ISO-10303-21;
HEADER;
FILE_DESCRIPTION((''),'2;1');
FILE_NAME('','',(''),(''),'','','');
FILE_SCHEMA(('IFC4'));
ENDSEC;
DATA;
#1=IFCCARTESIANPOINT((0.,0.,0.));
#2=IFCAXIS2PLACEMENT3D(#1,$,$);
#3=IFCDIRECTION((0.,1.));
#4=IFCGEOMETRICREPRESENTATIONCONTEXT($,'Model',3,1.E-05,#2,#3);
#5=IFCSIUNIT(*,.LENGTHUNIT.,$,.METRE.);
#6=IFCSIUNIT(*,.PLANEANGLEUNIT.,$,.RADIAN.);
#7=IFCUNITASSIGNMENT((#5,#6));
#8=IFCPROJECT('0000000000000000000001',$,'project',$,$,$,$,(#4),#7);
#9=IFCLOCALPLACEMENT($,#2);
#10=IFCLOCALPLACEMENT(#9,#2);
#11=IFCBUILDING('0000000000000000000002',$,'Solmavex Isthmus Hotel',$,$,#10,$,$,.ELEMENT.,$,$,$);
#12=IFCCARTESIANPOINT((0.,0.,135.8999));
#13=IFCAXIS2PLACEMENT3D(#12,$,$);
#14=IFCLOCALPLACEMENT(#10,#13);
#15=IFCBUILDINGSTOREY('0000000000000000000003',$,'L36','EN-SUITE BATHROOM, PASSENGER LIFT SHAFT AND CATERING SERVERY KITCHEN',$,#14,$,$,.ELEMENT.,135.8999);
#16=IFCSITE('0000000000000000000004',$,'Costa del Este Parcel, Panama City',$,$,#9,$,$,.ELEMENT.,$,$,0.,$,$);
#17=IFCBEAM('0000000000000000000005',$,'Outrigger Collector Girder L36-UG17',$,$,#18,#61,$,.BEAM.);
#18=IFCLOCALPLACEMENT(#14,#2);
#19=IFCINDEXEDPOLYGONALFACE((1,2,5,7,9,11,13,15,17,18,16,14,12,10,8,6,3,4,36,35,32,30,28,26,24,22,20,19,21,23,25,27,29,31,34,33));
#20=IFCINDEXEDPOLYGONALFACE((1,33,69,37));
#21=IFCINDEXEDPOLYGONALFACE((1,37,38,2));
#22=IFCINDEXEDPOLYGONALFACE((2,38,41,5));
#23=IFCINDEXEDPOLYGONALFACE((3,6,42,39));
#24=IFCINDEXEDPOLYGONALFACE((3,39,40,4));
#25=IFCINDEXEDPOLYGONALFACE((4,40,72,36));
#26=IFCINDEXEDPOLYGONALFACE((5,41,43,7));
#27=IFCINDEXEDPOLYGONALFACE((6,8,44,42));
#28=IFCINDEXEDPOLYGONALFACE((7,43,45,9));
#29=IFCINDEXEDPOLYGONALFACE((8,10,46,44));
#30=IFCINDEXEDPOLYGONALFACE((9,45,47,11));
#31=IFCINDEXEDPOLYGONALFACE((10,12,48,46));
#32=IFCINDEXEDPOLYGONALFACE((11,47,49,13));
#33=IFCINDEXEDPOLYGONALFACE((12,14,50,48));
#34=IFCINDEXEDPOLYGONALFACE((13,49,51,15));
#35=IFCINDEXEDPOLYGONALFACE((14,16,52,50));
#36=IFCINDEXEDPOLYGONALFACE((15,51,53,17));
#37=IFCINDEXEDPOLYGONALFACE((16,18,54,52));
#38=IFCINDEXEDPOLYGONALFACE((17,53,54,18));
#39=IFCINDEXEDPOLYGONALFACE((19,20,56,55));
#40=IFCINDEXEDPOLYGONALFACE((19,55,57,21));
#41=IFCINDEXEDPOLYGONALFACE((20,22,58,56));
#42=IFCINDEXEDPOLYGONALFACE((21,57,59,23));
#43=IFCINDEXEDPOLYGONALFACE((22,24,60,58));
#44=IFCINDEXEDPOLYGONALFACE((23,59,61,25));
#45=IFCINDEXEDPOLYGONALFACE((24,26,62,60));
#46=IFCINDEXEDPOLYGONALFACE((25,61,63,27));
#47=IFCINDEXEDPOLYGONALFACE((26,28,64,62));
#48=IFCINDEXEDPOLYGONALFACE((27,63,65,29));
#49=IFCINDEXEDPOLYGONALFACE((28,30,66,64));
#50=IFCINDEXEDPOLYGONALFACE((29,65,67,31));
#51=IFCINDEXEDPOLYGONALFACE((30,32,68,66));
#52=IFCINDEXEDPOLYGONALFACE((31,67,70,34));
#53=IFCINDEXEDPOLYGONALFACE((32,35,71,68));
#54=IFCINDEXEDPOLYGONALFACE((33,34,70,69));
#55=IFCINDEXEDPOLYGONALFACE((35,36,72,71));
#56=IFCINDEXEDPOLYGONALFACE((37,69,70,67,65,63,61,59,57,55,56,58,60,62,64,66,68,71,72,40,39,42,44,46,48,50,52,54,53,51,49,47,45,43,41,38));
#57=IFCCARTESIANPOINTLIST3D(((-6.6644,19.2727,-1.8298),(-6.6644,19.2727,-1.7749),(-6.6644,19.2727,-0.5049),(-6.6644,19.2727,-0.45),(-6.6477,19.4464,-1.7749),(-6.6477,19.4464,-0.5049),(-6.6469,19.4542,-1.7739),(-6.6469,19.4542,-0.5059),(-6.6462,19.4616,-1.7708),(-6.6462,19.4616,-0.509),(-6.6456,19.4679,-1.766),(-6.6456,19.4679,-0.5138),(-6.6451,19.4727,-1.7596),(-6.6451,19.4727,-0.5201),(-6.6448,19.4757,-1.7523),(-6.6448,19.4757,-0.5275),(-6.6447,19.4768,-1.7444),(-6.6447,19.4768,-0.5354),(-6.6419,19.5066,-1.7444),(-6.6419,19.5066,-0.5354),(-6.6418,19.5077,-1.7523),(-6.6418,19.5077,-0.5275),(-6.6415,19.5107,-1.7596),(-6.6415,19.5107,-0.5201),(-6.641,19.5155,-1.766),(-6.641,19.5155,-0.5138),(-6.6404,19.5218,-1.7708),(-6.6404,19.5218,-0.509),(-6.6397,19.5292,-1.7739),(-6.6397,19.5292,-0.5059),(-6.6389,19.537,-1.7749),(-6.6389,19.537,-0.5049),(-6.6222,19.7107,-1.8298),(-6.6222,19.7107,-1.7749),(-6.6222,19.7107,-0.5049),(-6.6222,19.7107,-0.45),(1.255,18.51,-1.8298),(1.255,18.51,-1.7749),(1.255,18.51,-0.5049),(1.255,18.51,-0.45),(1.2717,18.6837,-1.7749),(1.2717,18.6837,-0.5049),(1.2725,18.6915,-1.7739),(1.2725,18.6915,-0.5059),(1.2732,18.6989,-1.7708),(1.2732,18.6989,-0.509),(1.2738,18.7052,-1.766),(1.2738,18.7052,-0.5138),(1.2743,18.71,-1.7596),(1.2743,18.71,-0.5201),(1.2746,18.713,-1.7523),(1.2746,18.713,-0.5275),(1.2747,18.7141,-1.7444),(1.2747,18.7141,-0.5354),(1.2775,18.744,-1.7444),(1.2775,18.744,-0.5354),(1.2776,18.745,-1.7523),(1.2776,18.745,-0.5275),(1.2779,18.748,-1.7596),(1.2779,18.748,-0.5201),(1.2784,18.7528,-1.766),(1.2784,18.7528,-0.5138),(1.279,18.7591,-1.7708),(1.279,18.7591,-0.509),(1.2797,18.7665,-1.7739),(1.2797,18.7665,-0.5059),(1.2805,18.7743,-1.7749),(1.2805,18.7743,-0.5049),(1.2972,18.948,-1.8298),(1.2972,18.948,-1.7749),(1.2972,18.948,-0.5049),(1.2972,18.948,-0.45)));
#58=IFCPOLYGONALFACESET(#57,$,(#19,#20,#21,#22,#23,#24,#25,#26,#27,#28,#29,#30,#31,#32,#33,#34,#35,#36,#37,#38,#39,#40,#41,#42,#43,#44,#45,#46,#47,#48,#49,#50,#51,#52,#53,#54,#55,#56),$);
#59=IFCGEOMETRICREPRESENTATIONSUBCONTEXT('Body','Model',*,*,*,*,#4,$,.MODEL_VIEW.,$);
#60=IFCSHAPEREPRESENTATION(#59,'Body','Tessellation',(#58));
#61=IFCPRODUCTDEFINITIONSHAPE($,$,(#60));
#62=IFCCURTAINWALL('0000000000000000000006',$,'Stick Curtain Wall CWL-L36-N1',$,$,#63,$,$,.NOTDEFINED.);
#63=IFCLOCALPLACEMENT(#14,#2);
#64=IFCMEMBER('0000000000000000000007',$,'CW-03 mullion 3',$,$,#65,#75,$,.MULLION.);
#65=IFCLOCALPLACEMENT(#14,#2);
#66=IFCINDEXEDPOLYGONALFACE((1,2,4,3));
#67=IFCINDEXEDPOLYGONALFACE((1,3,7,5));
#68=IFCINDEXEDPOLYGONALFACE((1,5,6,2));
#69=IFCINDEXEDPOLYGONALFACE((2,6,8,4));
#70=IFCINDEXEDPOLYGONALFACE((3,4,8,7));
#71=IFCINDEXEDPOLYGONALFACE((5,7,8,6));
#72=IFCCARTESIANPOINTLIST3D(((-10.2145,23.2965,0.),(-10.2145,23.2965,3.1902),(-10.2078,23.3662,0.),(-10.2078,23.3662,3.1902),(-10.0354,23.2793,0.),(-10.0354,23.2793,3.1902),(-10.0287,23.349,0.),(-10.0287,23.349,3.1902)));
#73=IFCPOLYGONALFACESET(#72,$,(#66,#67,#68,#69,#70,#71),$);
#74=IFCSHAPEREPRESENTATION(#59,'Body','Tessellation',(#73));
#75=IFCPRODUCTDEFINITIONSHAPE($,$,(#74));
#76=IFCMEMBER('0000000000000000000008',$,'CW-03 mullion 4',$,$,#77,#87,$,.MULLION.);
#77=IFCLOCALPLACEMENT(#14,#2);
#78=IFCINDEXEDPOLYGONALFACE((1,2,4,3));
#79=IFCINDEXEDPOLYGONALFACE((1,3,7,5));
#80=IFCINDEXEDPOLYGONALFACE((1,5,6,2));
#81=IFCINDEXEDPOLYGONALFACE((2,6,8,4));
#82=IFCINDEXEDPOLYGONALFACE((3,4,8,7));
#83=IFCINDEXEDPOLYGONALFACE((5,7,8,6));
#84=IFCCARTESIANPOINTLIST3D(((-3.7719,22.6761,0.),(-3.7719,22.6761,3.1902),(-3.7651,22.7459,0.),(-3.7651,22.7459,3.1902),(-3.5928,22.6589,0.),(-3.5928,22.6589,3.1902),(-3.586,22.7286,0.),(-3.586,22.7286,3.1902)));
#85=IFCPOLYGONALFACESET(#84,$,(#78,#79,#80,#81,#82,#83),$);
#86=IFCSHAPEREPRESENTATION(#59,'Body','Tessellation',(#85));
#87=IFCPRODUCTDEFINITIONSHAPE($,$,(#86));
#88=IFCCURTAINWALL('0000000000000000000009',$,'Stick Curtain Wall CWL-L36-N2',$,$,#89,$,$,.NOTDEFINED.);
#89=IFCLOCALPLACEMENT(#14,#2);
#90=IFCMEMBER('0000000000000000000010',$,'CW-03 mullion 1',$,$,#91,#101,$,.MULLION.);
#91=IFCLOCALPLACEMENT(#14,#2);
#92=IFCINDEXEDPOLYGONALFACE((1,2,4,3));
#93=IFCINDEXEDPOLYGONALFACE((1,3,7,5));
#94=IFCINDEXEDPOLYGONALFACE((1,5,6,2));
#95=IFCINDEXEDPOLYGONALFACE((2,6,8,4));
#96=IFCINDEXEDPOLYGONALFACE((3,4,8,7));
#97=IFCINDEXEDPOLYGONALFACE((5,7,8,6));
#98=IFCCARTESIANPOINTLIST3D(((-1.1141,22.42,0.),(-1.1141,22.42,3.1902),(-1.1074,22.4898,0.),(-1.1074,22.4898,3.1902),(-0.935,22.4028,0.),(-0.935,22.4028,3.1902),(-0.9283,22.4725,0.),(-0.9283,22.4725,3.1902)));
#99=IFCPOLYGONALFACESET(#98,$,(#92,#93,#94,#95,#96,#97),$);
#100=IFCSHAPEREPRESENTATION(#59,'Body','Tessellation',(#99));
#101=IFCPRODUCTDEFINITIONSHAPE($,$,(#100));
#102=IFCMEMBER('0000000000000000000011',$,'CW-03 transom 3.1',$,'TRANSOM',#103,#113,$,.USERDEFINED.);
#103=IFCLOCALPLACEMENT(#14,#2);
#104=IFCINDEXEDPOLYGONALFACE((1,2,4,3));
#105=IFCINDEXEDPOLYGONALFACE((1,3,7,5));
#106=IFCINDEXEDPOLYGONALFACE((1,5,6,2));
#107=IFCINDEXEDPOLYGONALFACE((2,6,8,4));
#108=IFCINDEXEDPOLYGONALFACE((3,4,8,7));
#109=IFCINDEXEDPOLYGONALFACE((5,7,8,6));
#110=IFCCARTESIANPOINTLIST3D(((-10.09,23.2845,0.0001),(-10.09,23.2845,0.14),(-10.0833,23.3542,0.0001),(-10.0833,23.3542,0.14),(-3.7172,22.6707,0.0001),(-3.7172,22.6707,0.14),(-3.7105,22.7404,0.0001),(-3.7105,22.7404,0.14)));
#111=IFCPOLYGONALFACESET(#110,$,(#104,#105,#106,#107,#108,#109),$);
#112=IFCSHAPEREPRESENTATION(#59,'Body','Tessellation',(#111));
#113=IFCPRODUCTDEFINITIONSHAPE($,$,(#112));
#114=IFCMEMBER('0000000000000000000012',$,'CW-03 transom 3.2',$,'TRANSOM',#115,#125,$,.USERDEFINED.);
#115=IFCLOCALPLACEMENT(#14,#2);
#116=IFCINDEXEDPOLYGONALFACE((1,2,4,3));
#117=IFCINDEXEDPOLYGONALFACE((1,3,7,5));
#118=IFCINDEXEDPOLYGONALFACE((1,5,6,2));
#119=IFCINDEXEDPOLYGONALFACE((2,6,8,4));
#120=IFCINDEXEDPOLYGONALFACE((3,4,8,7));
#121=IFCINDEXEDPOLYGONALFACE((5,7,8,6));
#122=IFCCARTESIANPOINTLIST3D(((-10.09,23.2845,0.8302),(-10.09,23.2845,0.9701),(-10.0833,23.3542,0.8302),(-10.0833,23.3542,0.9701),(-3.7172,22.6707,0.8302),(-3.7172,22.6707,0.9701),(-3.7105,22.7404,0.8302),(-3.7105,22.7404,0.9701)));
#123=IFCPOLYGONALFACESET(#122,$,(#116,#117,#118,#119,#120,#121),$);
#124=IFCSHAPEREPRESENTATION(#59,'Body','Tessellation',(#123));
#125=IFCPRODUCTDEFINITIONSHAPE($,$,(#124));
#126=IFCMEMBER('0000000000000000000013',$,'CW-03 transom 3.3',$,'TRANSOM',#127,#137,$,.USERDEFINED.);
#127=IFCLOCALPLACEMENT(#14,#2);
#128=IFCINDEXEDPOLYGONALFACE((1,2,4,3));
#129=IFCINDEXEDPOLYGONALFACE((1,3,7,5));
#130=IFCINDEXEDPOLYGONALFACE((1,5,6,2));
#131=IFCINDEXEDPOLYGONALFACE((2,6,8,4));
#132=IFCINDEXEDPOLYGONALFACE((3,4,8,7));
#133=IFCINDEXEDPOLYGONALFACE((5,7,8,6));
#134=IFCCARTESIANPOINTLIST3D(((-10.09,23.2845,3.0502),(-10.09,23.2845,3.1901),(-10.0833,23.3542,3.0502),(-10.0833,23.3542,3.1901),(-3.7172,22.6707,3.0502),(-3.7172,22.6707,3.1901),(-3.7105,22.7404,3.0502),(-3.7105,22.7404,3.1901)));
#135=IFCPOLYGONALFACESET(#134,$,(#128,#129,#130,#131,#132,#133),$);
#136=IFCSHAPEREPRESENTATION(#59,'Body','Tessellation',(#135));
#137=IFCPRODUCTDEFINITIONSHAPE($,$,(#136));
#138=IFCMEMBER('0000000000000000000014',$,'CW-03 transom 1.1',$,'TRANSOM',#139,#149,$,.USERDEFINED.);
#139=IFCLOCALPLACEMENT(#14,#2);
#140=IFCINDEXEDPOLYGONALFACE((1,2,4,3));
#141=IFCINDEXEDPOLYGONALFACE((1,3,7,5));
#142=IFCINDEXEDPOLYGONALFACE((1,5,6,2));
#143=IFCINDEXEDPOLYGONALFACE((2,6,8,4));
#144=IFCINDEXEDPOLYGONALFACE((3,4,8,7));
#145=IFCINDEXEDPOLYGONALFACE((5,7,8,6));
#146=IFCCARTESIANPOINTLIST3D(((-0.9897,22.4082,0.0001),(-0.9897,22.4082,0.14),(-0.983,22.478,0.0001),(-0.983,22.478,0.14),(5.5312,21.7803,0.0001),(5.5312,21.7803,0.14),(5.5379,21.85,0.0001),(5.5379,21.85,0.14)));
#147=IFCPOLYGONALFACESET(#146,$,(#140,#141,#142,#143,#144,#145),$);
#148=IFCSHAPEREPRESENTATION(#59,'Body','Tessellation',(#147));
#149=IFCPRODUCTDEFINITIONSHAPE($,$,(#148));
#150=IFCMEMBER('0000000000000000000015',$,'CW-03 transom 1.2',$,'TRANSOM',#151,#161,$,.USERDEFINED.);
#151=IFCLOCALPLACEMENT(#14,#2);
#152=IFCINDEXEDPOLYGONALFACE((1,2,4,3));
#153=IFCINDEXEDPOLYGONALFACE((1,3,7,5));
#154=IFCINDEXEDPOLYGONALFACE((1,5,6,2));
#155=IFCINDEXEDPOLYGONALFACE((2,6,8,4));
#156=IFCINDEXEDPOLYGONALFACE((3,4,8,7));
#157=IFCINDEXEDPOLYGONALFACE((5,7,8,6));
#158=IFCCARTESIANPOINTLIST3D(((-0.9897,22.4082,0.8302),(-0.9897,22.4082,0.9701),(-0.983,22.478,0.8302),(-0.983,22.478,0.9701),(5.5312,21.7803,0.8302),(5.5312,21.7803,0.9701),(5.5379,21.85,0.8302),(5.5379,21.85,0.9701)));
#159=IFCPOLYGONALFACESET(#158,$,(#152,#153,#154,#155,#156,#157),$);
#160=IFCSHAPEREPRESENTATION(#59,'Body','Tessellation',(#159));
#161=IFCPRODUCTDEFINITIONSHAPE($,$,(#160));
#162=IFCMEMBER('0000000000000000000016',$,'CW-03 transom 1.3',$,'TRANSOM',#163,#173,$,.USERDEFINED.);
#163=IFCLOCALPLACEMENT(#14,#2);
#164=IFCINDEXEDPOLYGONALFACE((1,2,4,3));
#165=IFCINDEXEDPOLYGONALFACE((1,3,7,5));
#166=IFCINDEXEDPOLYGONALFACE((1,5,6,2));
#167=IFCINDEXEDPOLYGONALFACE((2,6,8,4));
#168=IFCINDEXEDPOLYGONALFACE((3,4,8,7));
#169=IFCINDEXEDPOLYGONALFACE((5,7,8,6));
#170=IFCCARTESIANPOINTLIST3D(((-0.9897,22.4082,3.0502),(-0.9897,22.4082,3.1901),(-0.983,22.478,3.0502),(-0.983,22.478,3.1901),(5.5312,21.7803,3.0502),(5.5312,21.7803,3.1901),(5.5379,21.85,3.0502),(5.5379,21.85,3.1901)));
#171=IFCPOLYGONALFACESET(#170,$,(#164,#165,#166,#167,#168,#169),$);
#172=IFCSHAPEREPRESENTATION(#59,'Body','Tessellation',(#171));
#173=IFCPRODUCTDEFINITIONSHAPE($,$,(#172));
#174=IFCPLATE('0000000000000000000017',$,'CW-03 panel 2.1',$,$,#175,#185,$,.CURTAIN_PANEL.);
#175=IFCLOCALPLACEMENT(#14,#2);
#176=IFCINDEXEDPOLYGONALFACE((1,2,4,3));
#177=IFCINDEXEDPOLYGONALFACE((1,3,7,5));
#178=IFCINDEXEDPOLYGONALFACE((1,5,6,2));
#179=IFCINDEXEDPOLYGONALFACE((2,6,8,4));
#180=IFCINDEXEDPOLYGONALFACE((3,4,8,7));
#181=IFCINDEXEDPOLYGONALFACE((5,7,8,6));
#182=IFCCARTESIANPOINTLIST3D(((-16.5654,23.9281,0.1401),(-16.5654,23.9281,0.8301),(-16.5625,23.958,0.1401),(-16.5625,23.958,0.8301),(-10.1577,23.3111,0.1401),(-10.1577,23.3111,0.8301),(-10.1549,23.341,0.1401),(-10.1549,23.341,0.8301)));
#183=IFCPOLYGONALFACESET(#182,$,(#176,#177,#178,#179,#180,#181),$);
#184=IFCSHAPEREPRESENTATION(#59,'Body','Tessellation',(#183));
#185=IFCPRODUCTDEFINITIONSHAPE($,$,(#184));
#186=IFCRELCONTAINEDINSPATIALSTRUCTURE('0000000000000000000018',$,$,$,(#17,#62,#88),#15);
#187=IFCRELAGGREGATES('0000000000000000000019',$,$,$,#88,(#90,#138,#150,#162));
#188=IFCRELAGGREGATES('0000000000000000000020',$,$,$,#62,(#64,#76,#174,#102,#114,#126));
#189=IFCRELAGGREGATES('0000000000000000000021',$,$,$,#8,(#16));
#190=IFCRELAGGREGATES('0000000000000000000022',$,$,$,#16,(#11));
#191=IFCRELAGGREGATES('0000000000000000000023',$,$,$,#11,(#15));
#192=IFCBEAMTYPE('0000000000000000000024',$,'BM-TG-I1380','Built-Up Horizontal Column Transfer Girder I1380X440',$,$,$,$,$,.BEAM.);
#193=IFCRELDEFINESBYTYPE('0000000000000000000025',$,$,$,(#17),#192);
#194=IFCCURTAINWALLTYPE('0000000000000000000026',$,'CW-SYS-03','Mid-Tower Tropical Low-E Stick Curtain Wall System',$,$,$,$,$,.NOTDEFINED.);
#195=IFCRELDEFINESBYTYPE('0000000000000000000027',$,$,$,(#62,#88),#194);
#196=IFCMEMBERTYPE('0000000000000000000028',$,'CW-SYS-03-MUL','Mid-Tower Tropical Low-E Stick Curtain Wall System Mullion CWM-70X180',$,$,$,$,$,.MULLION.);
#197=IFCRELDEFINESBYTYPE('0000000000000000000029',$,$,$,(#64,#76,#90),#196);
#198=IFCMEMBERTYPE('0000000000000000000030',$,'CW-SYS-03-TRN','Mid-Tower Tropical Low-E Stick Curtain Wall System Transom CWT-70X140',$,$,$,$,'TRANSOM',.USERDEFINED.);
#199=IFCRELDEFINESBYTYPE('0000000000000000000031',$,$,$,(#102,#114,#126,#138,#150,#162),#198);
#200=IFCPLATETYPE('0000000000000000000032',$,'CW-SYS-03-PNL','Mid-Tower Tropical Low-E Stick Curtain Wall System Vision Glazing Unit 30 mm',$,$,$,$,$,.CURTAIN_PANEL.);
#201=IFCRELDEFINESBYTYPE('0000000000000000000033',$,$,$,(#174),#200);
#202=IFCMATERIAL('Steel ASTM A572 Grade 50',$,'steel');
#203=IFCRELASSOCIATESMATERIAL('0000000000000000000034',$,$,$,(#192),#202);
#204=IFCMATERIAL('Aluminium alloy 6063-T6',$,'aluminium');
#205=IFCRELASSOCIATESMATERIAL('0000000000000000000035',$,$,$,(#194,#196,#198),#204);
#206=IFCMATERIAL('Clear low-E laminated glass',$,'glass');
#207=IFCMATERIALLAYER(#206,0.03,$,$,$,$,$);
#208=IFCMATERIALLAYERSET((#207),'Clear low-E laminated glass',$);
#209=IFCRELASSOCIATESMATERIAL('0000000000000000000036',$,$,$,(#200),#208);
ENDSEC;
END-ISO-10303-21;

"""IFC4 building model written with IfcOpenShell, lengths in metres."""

from ifc_helpers import new_model, si_unit, direction, frame, origin, origin_2d, place, context, subcontext, project, spatial, rectangle, i_section, extrude, material, layer, layer_set, material_profile, profile_set, type_object, element, aggregate, save


model = new_model("IFC4")

# Units and contexts
model_context = context("Model", 3, precision=1e-05, world=origin(), true_north=direction((0.0, 1.0)))
body_context = subcontext(model_context, "Body", "Model", "MODEL_VIEW")
ifc_project = project(units=[si_unit("LENGTHUNIT", "METRE"), si_unit("PLANEANGLEUNIT", "RADIAN")], contexts=[model_context])

# Site, building, storey
site_placement = place(None, origin())
site = spatial("IfcSite", under=ifc_project, at=site_placement, Name="Costa del Este Parcel, Panama City", CompositionType="ELEMENT", RefElevation=0.0)
building_placement = place(site_placement, origin())
building = spatial("IfcBuilding", under=site, at=building_placement, Name="Solmavex Isthmus Hotel", CompositionType="ELEMENT")
storey_placement = place(building_placement, frame((0.0, 0.0, 135.8999)))
storey = spatial("IfcBuildingStorey", under=building, at=storey_placement, Name="L36", Description="EN-SUITE BATHROOM, PASSENGER LIFT SHAFT AND CATERING SERVERY KITCHEN", CompositionType="ELEMENT", Elevation=135.8999)

# Beam
ifc_material_1 = material(Name="Steel ASTM A572 Grade 50", Category="steel")
ifc_material_profile_1 = material_profile(ifc_material_1, i_section(OverallWidth=0.4399, OverallDepth=1.3799, WebThickness=0.03, FlangeThickness=0.0549, FilletRadius=0.0305, at=origin_2d()), Name="I1380X440")
ifc_profile_set_1 = profile_set([ifc_material_profile_1], Name="Steel ASTM A572 Grade 50")
beam_type_1 = type_object("IfcBeamType", Name="BM-TG-I1380", Description="Built-Up Horizontal Column Transfer Girder I1380X440", PredefinedType="BEAM", material=ifc_profile_set_1)
for number, where, z_axis, x_axis, name in (
    (1, (-6.6433, 19.4917, -1.1399), (0.995395, -0.095863, 0.0), (0.095863, 0.995395, 0.0), "Outrigger Collector Girder L36-UG17"),
):
    element("IfcBeam", number, at=place(storey_placement, frame(where, z_axis=z_axis, x_axis=x_axis)), inside=storey, type_object=beam_type_1, Name=name, PredefinedType="BEAM", context=body_context, shape_type="SweptSolid", body=[
        extrude(i_section(OverallWidth=0.4399, OverallDepth=1.3799, WebThickness=0.03, FlangeThickness=0.0549, FilletRadius=0.0305, at=origin_2d()), origin(), (0.0, 0.0, 1.0), 7.9561),
    ])

# Curtain wall, members
ifc_material_2 = material(Name="Aluminium alloy 6063-T6", Category="aluminium")
curtain_wall_type = type_object("IfcCurtainWallType", Name="CW-SYS-03", Description="Mid-Tower Tropical Low-E Stick Curtain Wall System", PredefinedType="NOTDEFINED", material=ifc_material_2)
curtain_wall_1_placement = place(storey_placement, origin())
curtain_wall_1 = element("IfcCurtainWall", 2, at=curtain_wall_1_placement, inside=storey, type_object=curtain_wall_type, Name="Stick Curtain Wall CWL-L36-N1", PredefinedType="NOTDEFINED")
ifc_material_profile_2 = material_profile(ifc_material_2, rectangle(XDim=0.0701, YDim=0.1799, at=origin_2d()), Name="CWM-70X180")
ifc_profile_set_2 = profile_set([ifc_material_profile_2], Name="Aluminium alloy 6063-T6")
member_type_1 = type_object("IfcMemberType", Name="CW-SYS-03-MUL", Description="Mid-Tower Tropical Low-E Stick Curtain Wall System Mullion CWM-70X180", PredefinedType="MULLION", material=ifc_profile_set_2)
member_1_placement = place(storey_placement, frame((-10.1216, 23.3228, 0.0), z_axis=(0.0, 0.0, 1.0), x_axis=(0.095846, 0.995396, 0.0)))
member_1 = element("IfcMember", 3, at=member_1_placement, type_object=member_type_1, Name="CW-03 mullion 3", PredefinedType="MULLION", context=body_context, shape_type="SweptSolid", body=[
    extrude(rectangle(XDim=0.0701, YDim=0.1799, at=origin_2d()), origin(), (0.0, 0.0, 1.0), 3.1902),
])
member_2_placement = place(storey_placement, frame((-3.679, 22.7024, 0.0), z_axis=(0.0, 0.0, 1.0), x_axis=(0.095846, 0.995396, 0.0)))
member_2 = element("IfcMember", 4, at=member_2_placement, type_object=member_type_1, Name="CW-03 mullion 4", PredefinedType="MULLION", context=body_context, shape_type="SweptSolid", body=[
    extrude(rectangle(XDim=0.0701, YDim=0.1799, at=origin_2d()), origin(), (0.0, 0.0, 1.0), 3.1902),
])

# Curtain wall, member
curtain_wall_2_placement = place(storey_placement, origin())
curtain_wall_2 = element("IfcCurtainWall", 5, at=curtain_wall_2_placement, inside=storey, type_object=curtain_wall_type, Name="Stick Curtain Wall CWL-L36-N2", PredefinedType="NOTDEFINED")
member_3_placement = place(storey_placement, frame((-1.0212, 22.4463, 0.0), z_axis=(0.0, 0.0, 1.0), x_axis=(0.095845, 0.995396, 0.0)))
member_3 = element("IfcMember", 6, at=member_3_placement, type_object=member_type_1, Name="CW-03 mullion 1", PredefinedType="MULLION", context=body_context, shape_type="SweptSolid", body=[
    extrude(rectangle(XDim=0.0701, YDim=0.1799, at=origin_2d()), origin(), (0.0, 0.0, 1.0), 3.1902),
])

# Members
ifc_material_profile_3 = material_profile(ifc_material_2, rectangle(XDim=0.0701, YDim=0.1399, at=origin_2d()), Name="CWT-70X140")
ifc_profile_set_3 = profile_set([ifc_material_profile_3], Name="Aluminium alloy 6063-T6")
member_type_2 = type_object("IfcMemberType", Name="CW-SYS-03-TRN", Description="Mid-Tower Tropical Low-E Stick Curtain Wall System Transom CWT-70X140", ElementType="TRANSOM", PredefinedType="USERDEFINED", material=ifc_profile_set_3)
member_4_placement = place(storey_placement, frame((-10.0867, 23.3193, 0.0701), z_axis=(0.995394, -0.095867, 0.0), x_axis=(0.095867, 0.995394, 0.0)))
member_4 = element("IfcMember", 7, at=member_4_placement, type_object=member_type_2, Name="CW-03 transom 3.1", ObjectType="TRANSOM", PredefinedType="USERDEFINED", context=body_context, shape_type="SweptSolid", body=[
    extrude(rectangle(XDim=0.0701, YDim=0.1399, at=origin_2d()), origin(), (0.0, 0.0, 1.0), 6.4023),
])
member_5_placement = place(storey_placement, frame((-10.0867, 23.3193, 0.9001), z_axis=(0.995394, -0.095867, 0.0), x_axis=(0.095867, 0.995394, 0.0)))
member_5 = element("IfcMember", 8, at=member_5_placement, type_object=member_type_2, Name="CW-03 transom 3.2", ObjectType="TRANSOM", PredefinedType="USERDEFINED", context=body_context, shape_type="SweptSolid", body=[
    extrude(rectangle(XDim=0.0701, YDim=0.1399, at=origin_2d()), origin(), (0.0, 0.0, 1.0), 6.4023),
])
member_6_placement = place(storey_placement, frame((-10.0867, 23.3193, 3.1201), z_axis=(0.995394, -0.095867, 0.0), x_axis=(0.095867, 0.995394, 0.0)))
member_6 = element("IfcMember", 9, at=member_6_placement, type_object=member_type_2, Name="CW-03 transom 3.3", ObjectType="TRANSOM", PredefinedType="USERDEFINED", context=body_context, shape_type="SweptSolid", body=[
    extrude(rectangle(XDim=0.0701, YDim=0.1399, at=origin_2d()), origin(), (0.0, 0.0, 1.0), 6.4023),
])
member_7_placement = place(storey_placement, frame((-0.9863, 22.4431, 0.0701), z_axis=(0.995395, -0.095854, 0.0), x_axis=(0.095854, 0.995395, 0.0)))
member_7 = element("IfcMember", 10, at=member_7_placement, type_object=member_type_2, Name="CW-03 transom 1.1", ObjectType="TRANSOM", PredefinedType="USERDEFINED", context=body_context, shape_type="SweptSolid", body=[
    extrude(rectangle(XDim=0.0701, YDim=0.1399, at=origin_2d()), origin(), (0.0, 0.0, 1.0), 6.551),
])
member_8_placement = place(storey_placement, frame((-0.9863, 22.4431, 0.9001), z_axis=(0.995395, -0.095854, 0.0), x_axis=(0.095854, 0.995395, 0.0)))
member_8 = element("IfcMember", 11, at=member_8_placement, type_object=member_type_2, Name="CW-03 transom 1.2", ObjectType="TRANSOM", PredefinedType="USERDEFINED", context=body_context, shape_type="SweptSolid", body=[
    extrude(rectangle(XDim=0.0701, YDim=0.1399, at=origin_2d()), origin(), (0.0, 0.0, 1.0), 6.551),
])
member_9_placement = place(storey_placement, frame((-0.9863, 22.4431, 3.1201), z_axis=(0.995395, -0.095854, 0.0), x_axis=(0.095854, 0.995395, 0.0)))
member_9 = element("IfcMember", 12, at=member_9_placement, type_object=member_type_2, Name="CW-03 transom 1.3", ObjectType="TRANSOM", PredefinedType="USERDEFINED", context=body_context, shape_type="SweptSolid", body=[
    extrude(rectangle(XDim=0.0701, YDim=0.1399, at=origin_2d()), origin(), (0.0, 0.0, 1.0), 6.551),
])
aggregate(curtain_wall_2, [member_3, member_7, member_8, member_9])

# Plate
ifc_material_3 = material(Name="Clear low-E laminated glass", Category="glass")
ifc_layer_1 = layer(ifc_material_3, 0.03)
ifc_layer_set_1 = layer_set([ifc_layer_1], Name="Clear low-E laminated glass")
plate_type = type_object("IfcPlateType", Name="CW-SYS-03-PNL", Description="Mid-Tower Tropical Low-E Stick Curtain Wall System Vision Glazing Unit 30 mm", PredefinedType="CURTAIN_PANEL", material=ifc_layer_set_1)
plate_1_placement = place(storey_placement, frame((-13.3601, 23.6345, 0.1401), z_axis=(0.0, 0.0, 1.0), x_axis=(0.995396, -0.095846, 0.0)))
plate_1 = element("IfcPlate", 13, at=plate_1_placement, type_object=plate_type, Name="CW-03 panel 2.1", PredefinedType="CURTAIN_PANEL", context=body_context, shape_type="SweptSolid", body=[
    extrude(rectangle(XDim=6.4373, YDim=0.03, at=origin_2d()), origin(), (0.0, 0.0, 1.0), 0.6899),
])
aggregate(curtain_wall_1, [member_1, member_2, plate_1, member_4, member_5, member_6])

save(model, "model.ifc")
